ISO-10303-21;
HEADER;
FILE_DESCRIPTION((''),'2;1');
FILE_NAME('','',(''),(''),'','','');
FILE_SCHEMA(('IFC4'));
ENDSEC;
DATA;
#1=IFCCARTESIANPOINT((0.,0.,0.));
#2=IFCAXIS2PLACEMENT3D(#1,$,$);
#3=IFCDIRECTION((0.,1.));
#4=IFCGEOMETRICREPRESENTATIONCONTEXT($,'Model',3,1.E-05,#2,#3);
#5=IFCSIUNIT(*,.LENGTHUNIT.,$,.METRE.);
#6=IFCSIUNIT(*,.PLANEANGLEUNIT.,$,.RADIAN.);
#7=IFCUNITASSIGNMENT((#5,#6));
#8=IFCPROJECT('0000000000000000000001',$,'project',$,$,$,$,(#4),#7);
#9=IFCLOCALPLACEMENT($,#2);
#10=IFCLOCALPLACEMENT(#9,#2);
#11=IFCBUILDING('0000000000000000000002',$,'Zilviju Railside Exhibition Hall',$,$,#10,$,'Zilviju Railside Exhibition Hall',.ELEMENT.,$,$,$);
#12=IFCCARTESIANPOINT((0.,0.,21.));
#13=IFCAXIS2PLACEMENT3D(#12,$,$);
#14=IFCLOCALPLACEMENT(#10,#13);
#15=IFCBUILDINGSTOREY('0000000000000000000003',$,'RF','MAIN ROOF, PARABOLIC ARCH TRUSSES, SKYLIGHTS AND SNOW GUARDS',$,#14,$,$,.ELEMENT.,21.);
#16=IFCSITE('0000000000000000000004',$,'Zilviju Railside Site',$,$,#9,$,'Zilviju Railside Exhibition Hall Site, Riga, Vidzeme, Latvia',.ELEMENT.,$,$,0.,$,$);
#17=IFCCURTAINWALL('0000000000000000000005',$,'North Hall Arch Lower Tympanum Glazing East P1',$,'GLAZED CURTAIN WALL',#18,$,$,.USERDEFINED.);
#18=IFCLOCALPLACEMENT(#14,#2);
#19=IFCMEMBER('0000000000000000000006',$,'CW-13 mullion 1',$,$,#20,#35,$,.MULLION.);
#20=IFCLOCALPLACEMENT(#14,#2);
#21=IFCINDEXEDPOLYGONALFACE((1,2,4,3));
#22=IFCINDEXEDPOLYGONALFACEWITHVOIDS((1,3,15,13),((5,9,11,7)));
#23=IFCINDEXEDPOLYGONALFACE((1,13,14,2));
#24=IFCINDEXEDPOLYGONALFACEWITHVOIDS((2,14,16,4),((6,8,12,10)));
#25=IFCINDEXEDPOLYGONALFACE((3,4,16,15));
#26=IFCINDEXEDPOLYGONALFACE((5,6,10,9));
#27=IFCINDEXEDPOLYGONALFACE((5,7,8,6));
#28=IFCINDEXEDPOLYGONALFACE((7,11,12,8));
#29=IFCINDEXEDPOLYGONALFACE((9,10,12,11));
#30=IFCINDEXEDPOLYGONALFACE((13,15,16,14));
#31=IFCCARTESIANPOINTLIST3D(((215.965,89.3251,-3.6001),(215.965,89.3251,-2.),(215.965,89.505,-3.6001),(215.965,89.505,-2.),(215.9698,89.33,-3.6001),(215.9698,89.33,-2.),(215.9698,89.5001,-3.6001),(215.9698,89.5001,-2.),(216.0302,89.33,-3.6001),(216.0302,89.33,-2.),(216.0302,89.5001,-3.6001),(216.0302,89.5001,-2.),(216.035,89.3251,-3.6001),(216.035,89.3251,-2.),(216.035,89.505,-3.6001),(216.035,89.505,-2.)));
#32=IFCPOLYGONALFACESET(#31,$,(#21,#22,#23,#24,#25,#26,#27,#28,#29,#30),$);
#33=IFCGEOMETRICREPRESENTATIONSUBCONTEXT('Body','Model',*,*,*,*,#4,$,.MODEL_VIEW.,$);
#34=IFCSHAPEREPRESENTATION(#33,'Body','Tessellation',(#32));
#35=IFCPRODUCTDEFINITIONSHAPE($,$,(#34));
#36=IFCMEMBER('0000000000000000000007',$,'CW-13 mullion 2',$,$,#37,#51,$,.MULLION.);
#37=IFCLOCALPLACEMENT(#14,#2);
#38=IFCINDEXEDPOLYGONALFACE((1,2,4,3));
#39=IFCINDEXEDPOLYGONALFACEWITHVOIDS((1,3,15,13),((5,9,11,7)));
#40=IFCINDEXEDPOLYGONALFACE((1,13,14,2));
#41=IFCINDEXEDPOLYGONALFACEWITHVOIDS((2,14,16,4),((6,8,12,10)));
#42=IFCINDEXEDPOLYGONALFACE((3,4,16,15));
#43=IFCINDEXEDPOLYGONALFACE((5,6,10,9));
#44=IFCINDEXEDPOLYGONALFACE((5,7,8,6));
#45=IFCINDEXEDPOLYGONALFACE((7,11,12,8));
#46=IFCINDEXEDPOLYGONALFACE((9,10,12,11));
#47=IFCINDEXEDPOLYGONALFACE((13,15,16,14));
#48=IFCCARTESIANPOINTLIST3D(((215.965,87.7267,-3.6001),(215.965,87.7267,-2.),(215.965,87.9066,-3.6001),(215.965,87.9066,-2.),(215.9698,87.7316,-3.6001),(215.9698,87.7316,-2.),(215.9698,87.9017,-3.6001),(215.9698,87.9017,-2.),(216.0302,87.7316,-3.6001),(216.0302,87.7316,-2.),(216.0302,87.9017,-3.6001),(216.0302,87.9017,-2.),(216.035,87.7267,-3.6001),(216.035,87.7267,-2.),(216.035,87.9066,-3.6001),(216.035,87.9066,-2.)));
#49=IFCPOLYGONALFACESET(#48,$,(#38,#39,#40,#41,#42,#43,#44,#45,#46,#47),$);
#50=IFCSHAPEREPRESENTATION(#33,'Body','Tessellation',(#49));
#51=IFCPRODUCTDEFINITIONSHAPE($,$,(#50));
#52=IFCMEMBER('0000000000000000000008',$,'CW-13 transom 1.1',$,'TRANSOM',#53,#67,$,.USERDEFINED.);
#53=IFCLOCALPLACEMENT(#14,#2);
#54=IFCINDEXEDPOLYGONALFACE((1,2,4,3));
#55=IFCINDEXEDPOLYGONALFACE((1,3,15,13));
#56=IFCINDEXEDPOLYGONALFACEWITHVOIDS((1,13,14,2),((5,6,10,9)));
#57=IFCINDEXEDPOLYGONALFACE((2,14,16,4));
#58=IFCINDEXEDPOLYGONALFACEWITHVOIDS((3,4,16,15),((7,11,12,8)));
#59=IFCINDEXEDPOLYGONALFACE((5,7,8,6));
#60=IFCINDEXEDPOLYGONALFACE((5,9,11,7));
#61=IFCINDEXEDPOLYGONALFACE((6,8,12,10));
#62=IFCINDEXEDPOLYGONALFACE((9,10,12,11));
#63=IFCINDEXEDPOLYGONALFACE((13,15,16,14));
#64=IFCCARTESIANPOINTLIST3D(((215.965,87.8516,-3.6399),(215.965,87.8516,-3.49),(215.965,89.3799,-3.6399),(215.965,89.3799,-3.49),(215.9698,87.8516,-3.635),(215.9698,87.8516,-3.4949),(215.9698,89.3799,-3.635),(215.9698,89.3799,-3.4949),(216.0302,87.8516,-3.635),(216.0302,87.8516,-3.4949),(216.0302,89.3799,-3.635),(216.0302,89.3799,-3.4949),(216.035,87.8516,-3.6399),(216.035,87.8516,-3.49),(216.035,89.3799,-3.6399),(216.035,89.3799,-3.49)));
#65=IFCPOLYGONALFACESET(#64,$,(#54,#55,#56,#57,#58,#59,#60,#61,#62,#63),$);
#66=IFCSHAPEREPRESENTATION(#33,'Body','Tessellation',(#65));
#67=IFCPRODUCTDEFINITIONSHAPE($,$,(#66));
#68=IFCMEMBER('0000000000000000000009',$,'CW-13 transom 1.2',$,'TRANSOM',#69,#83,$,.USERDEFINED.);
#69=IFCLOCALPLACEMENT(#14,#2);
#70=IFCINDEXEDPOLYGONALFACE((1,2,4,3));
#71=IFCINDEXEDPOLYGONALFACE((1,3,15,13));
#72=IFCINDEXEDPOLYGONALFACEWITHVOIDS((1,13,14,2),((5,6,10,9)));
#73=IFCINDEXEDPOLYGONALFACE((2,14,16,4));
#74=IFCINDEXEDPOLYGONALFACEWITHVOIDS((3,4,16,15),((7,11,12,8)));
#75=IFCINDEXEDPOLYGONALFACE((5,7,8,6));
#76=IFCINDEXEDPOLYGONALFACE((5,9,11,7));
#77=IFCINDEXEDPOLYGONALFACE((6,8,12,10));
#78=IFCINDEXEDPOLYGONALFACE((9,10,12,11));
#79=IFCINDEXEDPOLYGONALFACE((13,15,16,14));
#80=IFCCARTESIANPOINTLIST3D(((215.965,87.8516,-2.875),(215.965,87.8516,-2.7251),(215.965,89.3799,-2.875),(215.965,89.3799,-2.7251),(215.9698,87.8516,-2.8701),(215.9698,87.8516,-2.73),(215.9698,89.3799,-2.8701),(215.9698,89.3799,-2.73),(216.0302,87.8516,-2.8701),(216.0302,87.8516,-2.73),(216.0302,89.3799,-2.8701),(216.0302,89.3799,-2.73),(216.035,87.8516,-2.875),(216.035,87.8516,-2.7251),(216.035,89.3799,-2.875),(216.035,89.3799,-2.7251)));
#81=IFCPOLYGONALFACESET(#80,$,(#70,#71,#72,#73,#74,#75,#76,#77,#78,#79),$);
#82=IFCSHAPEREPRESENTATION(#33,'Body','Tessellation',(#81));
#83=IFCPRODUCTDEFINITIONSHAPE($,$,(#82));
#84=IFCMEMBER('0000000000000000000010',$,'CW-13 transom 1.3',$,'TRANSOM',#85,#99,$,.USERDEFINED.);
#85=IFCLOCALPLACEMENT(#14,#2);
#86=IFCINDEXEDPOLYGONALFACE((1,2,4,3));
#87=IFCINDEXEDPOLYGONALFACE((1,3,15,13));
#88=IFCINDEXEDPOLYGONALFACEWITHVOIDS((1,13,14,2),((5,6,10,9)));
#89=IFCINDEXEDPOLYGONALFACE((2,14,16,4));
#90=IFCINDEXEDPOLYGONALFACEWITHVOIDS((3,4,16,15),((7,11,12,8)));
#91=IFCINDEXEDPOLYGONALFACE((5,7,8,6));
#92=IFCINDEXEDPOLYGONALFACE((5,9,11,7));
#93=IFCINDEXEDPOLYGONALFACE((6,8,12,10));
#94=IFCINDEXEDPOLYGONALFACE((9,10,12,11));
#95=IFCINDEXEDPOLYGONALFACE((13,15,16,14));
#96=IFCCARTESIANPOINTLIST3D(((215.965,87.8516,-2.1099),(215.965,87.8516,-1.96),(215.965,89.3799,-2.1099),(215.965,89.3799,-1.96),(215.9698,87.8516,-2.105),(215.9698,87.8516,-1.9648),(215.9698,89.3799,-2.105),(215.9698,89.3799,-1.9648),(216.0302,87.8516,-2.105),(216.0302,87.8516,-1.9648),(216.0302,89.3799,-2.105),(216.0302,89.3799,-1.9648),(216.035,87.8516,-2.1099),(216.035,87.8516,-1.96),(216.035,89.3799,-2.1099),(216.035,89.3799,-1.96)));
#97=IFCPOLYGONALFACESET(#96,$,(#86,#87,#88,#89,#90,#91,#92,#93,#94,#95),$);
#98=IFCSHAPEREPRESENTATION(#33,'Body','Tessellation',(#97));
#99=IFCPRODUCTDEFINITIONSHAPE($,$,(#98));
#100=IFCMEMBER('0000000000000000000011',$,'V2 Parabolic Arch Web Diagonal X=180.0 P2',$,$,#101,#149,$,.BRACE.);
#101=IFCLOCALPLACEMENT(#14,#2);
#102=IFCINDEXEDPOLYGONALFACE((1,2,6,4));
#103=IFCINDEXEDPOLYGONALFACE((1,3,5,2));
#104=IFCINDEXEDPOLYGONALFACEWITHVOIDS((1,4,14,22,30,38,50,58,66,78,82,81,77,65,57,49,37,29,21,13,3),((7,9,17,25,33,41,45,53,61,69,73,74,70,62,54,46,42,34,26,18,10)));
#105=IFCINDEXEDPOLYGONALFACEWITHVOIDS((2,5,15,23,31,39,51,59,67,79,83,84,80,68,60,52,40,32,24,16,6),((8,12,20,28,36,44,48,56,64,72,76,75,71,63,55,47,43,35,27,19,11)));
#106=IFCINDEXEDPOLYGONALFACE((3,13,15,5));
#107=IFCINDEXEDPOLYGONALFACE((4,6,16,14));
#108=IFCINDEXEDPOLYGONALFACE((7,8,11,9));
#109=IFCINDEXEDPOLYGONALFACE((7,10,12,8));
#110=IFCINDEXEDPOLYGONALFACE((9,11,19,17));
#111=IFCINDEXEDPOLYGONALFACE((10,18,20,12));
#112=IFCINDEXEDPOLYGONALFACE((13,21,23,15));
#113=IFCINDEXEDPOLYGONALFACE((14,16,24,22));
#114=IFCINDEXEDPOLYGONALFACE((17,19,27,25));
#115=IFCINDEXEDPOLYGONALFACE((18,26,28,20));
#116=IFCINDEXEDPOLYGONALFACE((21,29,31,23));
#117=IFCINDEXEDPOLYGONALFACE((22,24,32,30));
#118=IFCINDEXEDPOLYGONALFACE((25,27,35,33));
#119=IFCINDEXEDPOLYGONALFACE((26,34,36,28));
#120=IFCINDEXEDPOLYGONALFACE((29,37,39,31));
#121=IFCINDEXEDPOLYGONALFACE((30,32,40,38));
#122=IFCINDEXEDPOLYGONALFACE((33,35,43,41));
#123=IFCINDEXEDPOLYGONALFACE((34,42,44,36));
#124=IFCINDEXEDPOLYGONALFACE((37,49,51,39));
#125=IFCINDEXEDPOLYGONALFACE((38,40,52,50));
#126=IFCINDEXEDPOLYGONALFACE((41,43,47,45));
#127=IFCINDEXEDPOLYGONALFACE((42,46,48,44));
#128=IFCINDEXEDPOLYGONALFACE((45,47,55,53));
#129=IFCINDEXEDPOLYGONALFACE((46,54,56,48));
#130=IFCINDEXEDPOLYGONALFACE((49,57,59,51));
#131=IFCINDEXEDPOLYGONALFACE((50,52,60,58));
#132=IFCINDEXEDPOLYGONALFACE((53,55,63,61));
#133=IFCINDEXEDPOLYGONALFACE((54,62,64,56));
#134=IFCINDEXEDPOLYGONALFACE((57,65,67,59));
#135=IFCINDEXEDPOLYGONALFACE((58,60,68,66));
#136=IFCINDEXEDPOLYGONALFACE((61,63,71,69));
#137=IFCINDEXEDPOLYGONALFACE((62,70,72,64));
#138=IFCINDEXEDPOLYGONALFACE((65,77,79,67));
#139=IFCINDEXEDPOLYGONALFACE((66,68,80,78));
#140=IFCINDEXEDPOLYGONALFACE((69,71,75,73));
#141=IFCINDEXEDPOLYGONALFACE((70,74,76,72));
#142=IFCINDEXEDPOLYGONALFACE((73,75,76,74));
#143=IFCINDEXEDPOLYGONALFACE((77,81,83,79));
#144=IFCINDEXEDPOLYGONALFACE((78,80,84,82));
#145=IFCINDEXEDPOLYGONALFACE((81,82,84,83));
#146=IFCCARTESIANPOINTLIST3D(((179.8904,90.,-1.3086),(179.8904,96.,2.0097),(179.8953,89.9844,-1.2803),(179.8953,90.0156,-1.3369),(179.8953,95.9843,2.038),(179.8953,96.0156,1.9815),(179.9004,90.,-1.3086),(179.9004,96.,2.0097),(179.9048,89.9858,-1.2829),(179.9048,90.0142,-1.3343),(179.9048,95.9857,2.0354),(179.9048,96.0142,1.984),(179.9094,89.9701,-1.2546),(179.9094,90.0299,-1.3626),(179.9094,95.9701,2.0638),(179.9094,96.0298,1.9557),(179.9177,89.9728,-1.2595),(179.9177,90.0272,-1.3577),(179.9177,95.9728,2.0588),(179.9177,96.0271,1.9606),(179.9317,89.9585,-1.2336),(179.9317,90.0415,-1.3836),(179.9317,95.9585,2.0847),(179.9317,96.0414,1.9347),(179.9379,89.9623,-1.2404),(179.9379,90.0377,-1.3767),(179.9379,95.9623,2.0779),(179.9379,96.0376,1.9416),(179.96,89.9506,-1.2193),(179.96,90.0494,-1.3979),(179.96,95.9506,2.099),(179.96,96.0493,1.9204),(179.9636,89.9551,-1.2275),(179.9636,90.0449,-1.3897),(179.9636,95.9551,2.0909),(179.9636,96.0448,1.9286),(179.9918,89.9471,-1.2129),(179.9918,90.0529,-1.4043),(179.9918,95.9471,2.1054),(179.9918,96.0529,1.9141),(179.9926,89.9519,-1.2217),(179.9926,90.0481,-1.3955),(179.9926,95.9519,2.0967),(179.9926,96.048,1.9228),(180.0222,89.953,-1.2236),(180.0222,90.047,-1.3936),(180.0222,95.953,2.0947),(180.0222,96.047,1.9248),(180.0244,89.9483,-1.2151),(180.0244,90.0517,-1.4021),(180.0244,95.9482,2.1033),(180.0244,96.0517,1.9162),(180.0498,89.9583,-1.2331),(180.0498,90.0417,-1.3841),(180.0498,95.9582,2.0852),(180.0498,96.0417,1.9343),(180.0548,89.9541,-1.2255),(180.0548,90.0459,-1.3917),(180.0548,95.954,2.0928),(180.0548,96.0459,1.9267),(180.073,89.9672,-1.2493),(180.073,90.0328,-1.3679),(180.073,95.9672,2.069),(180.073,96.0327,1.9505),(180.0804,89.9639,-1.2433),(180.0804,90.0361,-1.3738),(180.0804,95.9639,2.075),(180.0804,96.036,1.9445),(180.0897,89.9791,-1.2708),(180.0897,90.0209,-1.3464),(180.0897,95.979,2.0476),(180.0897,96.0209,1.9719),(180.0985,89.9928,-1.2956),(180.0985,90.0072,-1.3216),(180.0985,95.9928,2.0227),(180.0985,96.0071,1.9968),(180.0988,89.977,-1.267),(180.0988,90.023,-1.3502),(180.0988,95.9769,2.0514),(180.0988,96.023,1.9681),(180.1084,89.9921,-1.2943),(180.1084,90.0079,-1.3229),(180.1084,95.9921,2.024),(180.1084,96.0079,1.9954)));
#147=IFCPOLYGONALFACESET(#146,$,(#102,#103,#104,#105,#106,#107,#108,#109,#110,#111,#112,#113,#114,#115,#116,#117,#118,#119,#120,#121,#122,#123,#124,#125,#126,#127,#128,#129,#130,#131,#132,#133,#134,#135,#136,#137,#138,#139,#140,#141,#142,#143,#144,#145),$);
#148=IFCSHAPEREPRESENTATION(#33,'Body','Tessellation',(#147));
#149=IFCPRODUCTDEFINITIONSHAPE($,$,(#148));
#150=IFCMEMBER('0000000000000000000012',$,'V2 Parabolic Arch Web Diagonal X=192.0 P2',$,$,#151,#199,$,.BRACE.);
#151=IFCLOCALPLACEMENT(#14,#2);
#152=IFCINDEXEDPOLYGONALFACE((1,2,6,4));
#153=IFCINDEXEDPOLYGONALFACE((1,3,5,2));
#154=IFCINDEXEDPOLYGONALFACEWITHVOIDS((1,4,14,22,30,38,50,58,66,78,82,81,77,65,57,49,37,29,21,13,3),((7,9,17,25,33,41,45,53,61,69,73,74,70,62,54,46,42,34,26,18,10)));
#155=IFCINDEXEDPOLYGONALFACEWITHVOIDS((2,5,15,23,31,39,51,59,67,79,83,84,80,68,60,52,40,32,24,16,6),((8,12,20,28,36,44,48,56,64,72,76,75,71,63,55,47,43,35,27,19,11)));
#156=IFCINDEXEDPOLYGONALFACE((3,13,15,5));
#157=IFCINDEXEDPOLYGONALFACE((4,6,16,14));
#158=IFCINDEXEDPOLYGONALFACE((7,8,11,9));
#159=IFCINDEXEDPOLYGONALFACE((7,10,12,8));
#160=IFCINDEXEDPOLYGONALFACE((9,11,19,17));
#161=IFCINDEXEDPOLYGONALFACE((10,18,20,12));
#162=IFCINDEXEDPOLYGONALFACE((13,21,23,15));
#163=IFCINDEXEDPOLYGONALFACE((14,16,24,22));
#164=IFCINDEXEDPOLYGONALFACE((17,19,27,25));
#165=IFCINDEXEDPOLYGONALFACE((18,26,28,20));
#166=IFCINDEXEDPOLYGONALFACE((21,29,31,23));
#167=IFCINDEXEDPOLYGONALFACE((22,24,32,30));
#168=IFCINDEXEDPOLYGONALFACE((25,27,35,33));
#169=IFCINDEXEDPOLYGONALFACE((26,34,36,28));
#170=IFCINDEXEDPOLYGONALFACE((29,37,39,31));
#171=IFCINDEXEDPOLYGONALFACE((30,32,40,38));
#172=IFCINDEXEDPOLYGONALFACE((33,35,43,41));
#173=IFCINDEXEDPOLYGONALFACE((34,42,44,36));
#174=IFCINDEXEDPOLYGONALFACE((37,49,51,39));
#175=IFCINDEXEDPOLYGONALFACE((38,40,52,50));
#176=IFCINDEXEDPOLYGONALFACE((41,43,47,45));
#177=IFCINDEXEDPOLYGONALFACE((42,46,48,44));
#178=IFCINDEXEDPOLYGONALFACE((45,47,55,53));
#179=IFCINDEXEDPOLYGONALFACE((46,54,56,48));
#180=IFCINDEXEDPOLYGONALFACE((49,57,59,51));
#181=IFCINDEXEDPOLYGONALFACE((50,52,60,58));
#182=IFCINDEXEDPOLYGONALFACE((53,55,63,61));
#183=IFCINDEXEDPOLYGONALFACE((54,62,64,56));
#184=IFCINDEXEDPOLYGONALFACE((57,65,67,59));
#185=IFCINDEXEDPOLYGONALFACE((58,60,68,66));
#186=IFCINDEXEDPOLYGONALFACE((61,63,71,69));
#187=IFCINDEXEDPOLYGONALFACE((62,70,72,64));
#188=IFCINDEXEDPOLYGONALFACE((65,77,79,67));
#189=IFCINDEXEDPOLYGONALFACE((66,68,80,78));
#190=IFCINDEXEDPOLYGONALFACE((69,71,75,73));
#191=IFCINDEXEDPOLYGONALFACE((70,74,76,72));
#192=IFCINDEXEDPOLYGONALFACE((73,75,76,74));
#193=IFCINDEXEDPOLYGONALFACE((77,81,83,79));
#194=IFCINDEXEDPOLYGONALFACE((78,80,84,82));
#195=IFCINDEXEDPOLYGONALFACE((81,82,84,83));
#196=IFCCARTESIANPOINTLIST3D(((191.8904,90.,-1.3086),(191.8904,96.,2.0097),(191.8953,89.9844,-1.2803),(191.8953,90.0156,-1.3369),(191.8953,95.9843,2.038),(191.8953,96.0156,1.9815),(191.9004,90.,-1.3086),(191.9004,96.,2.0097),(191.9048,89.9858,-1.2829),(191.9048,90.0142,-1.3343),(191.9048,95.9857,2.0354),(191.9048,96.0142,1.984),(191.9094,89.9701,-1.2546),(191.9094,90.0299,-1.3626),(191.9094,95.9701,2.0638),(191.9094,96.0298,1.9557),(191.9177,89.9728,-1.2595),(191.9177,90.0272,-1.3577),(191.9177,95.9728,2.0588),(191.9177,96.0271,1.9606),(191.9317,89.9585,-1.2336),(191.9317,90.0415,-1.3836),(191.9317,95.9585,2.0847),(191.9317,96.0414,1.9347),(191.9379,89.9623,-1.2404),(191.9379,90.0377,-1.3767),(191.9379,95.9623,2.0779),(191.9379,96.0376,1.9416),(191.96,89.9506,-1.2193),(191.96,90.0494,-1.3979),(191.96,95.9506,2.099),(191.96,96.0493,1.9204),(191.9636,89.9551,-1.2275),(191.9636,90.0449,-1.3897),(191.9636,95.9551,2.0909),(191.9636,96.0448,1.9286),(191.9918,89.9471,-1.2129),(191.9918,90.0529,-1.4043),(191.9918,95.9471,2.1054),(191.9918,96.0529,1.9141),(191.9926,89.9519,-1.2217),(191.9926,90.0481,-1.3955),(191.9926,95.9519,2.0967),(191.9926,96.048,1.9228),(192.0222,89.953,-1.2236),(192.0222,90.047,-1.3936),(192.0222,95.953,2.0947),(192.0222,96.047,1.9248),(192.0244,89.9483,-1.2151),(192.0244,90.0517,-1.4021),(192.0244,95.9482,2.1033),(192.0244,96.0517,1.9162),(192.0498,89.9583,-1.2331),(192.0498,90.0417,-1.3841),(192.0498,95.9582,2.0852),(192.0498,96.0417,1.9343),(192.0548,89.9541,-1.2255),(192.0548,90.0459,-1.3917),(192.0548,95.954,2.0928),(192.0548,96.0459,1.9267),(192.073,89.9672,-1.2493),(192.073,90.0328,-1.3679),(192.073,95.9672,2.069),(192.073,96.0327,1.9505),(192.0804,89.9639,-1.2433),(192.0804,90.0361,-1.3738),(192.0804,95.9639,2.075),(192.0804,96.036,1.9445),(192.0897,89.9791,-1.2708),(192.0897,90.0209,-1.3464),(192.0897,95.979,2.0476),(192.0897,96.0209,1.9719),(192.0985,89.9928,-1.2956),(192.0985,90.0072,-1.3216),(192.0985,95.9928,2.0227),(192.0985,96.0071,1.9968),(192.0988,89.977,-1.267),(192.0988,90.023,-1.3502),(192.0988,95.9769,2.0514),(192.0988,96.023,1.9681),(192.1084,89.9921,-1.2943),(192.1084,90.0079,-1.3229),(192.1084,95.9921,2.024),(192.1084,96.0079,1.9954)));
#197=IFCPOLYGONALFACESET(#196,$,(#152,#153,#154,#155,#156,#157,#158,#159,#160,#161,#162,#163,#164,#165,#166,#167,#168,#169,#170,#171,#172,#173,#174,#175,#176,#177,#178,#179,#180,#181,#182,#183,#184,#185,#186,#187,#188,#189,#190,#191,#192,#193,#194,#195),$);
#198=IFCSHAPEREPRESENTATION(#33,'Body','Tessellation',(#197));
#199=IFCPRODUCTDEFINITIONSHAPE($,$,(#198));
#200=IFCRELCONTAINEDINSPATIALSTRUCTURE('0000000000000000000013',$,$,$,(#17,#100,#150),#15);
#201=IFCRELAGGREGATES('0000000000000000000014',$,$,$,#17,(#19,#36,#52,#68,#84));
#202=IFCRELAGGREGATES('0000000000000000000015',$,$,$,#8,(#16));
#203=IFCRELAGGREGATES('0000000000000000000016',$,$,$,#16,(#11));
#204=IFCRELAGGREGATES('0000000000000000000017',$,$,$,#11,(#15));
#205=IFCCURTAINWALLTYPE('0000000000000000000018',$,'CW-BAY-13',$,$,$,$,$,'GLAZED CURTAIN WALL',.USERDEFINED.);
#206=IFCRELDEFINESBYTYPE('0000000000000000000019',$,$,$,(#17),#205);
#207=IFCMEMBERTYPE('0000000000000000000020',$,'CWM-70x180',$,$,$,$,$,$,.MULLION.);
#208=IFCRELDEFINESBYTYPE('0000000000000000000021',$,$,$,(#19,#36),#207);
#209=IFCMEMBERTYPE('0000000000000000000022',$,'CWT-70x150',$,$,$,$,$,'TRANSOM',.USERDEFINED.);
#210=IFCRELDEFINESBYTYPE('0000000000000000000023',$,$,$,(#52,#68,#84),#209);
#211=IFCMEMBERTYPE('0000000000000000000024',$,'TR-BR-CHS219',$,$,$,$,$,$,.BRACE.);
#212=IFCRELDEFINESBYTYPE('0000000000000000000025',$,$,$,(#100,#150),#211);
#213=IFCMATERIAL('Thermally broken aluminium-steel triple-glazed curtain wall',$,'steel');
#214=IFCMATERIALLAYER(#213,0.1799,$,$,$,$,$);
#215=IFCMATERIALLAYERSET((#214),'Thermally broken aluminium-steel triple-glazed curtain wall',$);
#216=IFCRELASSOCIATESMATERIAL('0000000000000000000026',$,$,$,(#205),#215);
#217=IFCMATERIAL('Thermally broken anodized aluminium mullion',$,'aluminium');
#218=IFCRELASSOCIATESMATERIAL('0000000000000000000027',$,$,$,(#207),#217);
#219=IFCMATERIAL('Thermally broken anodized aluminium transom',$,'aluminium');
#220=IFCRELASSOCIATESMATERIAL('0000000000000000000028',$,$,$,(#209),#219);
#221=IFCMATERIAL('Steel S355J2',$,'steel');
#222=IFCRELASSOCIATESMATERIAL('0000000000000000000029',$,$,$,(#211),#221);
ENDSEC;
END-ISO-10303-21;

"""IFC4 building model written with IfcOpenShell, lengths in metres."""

from ifc_helpers import new_model, si_unit, direction, frame, origin, origin_2d, place, context, subcontext, project, spatial, hollow_rectangle, hollow_circle, extrude, material, layer, layer_set, material_profile, profile_set, type_object, element, aggregate, save


model = new_model("IFC4")

# Units and contexts
model_context = context("Model", 3, precision=1e-05, world=origin(), true_north=direction((0.0, 1.0)))
body_context = subcontext(model_context, "Body", "Model", "MODEL_VIEW")
ifc_project = project(units=[si_unit("LENGTHUNIT", "METRE"), si_unit("PLANEANGLEUNIT", "RADIAN")], contexts=[model_context])

# Site, building, storey
site_placement = place(None, origin())
site = spatial("IfcSite", under=ifc_project, at=site_placement, Name="Zilviju Railside Site", LongName="Zilviju Railside Exhibition Hall Site, Riga, Vidzeme, Latvia", CompositionType="ELEMENT", RefElevation=0.0)
building_placement = place(site_placement, origin())
building = spatial("IfcBuilding", under=site, at=building_placement, Name="Zilviju Railside Exhibition Hall", LongName="Zilviju Railside Exhibition Hall", CompositionType="ELEMENT")
storey_placement = place(building_placement, frame((0.0, 0.0, 21.0)))
storey = spatial("IfcBuildingStorey", under=building, at=storey_placement, Name="RF", Description="MAIN ROOF, PARABOLIC ARCH TRUSSES, SKYLIGHTS AND SNOW GUARDS", CompositionType="ELEMENT", Elevation=21.0)

# Curtain wall, members
ifc_material_1 = material(Name="Thermally broken aluminium-steel triple-glazed curtain wall", Category="steel")
ifc_layer_1 = layer(ifc_material_1, 0.1799)
ifc_layer_set_1 = layer_set([ifc_layer_1], Name="Thermally broken aluminium-steel triple-glazed curtain wall")
curtain_wall_type = type_object("IfcCurtainWallType", Name="CW-BAY-13", ElementType="GLAZED CURTAIN WALL", PredefinedType="USERDEFINED", material=ifc_layer_set_1)
curtain_wall_placement = place(storey_placement, origin())
curtain_wall = element("IfcCurtainWall", 1, at=curtain_wall_placement, inside=storey, type_object=curtain_wall_type, Name="North Hall Arch Lower Tympanum Glazing East P1", ObjectType="GLAZED CURTAIN WALL", PredefinedType="USERDEFINED")
ifc_material_2 = material(Name="Thermally broken anodized aluminium mullion", Category="aluminium")
ifc_material_profile_1 = material_profile(ifc_material_2, hollow_rectangle(XDim=0.0701, YDim=0.1799, WallThickness=0.0049, at=origin_2d()), Name="MULLION 180x70x5")
ifc_profile_set_1 = profile_set([ifc_material_profile_1], Name="Thermally broken anodized aluminium mullion")
member_type_1 = type_object("IfcMemberType", Name="CWM-70x180", PredefinedType="MULLION", material=ifc_profile_set_1)
member_1_placement = place(storey_placement, frame((216.0, 89.415, -3.6001), z_axis=(0.0, 0.0, 1.0), x_axis=(1.0, 0.0, 0.0)))
member_1 = element("IfcMember", 2, at=member_1_placement, type_object=member_type_1, Name="CW-13 mullion 1", PredefinedType="MULLION", context=body_context, shape_type="SweptSolid", body=[
    extrude(hollow_rectangle(XDim=0.0701, YDim=0.1799, WallThickness=0.0049, at=origin_2d()), origin(), (0.0, 0.0, 1.0), 1.6001),
])
member_2_placement = place(storey_placement, frame((216.0, 87.8167, -3.6001), z_axis=(0.0, 0.0, 1.0), x_axis=(1.0, 0.0, 0.0)))
member_2 = element("IfcMember", 3, at=member_2_placement, type_object=member_type_1, Name="CW-13 mullion 2", PredefinedType="MULLION", context=body_context, shape_type="SweptSolid", body=[
    extrude(hollow_rectangle(XDim=0.0701, YDim=0.1799, WallThickness=0.0049, at=origin_2d()), origin(), (0.0, 0.0, 1.0), 1.6001),
])
ifc_material_3 = material(Name="Thermally broken anodized aluminium transom", Category="aluminium")
ifc_material_profile_2 = material_profile(ifc_material_3, hollow_rectangle(XDim=0.0701, YDim=0.1499, WallThickness=0.0049, at=origin_2d()), Name="TRANSOM 150x70x5")
ifc_profile_set_2 = profile_set([ifc_material_profile_2], Name="Thermally broken anodized aluminium transom")
member_type_2 = type_object("IfcMemberType", Name="CWT-70x150", ElementType="TRANSOM", PredefinedType="USERDEFINED", material=ifc_profile_set_2)
member_3_placement = place(storey_placement, frame((216.0, 89.3799, -3.5649), z_axis=(0.0, -1.0, 0.0), x_axis=(1.0, 0.0, 0.0)))
member_3 = element("IfcMember", 4, at=member_3_placement, type_object=member_type_2, Name="CW-13 transom 1.1", ObjectType="TRANSOM", PredefinedType="USERDEFINED", context=body_context, shape_type="SweptSolid", body=[
    extrude(hollow_rectangle(XDim=0.0701, YDim=0.1499, WallThickness=0.0049, at=origin_2d()), origin(), (0.0, 0.0, 1.0), 1.5283),
])
member_4_placement = place(storey_placement, frame((216.0, 89.3799, -2.8), z_axis=(0.0, -1.0, 0.0), x_axis=(1.0, 0.0, 0.0)))
member_4 = element("IfcMember", 5, at=member_4_placement, type_object=member_type_2, Name="CW-13 transom 1.2", ObjectType="TRANSOM", PredefinedType="USERDEFINED", context=body_context, shape_type="SweptSolid", body=[
    extrude(hollow_rectangle(XDim=0.0701, YDim=0.1499, WallThickness=0.0049, at=origin_2d()), origin(), (0.0, 0.0, 1.0), 1.5283),
])
member_5_placement = place(storey_placement, frame((216.0, 89.3799, -2.0349), z_axis=(0.0, -1.0, 0.0), x_axis=(1.0, 0.0, 0.0)))
member_5 = element("IfcMember", 6, at=member_5_placement, type_object=member_type_2, Name="CW-13 transom 1.3", ObjectType="TRANSOM", PredefinedType="USERDEFINED", context=body_context, shape_type="SweptSolid", body=[
    extrude(hollow_rectangle(XDim=0.0701, YDim=0.1499, WallThickness=0.0049, at=origin_2d()), origin(), (0.0, 0.0, 1.0), 1.5283),
])

# Members
ifc_material_4 = material(Name="Steel S355J2", Category="steel")
ifc_material_profile_3 = material_profile(ifc_material_4, hollow_circle(Radius=0.1096, WallThickness=0.01, at=origin_2d()), Name="CHS 219.1x10.0")
ifc_profile_set_3 = profile_set([ifc_material_profile_3], Name="Steel S355J2")
member_type_3 = type_object("IfcMemberType", Name="TR-BR-CHS219", PredefinedType="BRACE", material=ifc_profile_set_3)
for number, where, z_axis, x_axis, name in (
    (7, (180.0, 90.0, -1.3086), (0.0, 0.875083, 0.483973), (-1.0, 0.0, 0.0), "V2 Parabolic Arch Web Diagonal X=180.0 P2"),
    (8, (192.0, 90.0, -1.3086), (0.0, 0.875083, 0.483973), (-1.0, 0.0, 0.0), "V2 Parabolic Arch Web Diagonal X=192.0 P2"),
):
    element("IfcMember", number, at=place(storey_placement, frame(where, z_axis=z_axis, x_axis=x_axis)), inside=storey, type_object=member_type_3, Name=name, PredefinedType="BRACE", context=body_context, shape_type="SweptSolid", body=[
        extrude(hollow_circle(Radius=0.1096, WallThickness=0.01, at=origin_2d()), origin(), (0.0, 0.0, 1.0), 6.8564),
    ])

aggregate(curtain_wall, [member_1, member_2, member_3, member_4, member_5])

save(model, "model.ifc")
